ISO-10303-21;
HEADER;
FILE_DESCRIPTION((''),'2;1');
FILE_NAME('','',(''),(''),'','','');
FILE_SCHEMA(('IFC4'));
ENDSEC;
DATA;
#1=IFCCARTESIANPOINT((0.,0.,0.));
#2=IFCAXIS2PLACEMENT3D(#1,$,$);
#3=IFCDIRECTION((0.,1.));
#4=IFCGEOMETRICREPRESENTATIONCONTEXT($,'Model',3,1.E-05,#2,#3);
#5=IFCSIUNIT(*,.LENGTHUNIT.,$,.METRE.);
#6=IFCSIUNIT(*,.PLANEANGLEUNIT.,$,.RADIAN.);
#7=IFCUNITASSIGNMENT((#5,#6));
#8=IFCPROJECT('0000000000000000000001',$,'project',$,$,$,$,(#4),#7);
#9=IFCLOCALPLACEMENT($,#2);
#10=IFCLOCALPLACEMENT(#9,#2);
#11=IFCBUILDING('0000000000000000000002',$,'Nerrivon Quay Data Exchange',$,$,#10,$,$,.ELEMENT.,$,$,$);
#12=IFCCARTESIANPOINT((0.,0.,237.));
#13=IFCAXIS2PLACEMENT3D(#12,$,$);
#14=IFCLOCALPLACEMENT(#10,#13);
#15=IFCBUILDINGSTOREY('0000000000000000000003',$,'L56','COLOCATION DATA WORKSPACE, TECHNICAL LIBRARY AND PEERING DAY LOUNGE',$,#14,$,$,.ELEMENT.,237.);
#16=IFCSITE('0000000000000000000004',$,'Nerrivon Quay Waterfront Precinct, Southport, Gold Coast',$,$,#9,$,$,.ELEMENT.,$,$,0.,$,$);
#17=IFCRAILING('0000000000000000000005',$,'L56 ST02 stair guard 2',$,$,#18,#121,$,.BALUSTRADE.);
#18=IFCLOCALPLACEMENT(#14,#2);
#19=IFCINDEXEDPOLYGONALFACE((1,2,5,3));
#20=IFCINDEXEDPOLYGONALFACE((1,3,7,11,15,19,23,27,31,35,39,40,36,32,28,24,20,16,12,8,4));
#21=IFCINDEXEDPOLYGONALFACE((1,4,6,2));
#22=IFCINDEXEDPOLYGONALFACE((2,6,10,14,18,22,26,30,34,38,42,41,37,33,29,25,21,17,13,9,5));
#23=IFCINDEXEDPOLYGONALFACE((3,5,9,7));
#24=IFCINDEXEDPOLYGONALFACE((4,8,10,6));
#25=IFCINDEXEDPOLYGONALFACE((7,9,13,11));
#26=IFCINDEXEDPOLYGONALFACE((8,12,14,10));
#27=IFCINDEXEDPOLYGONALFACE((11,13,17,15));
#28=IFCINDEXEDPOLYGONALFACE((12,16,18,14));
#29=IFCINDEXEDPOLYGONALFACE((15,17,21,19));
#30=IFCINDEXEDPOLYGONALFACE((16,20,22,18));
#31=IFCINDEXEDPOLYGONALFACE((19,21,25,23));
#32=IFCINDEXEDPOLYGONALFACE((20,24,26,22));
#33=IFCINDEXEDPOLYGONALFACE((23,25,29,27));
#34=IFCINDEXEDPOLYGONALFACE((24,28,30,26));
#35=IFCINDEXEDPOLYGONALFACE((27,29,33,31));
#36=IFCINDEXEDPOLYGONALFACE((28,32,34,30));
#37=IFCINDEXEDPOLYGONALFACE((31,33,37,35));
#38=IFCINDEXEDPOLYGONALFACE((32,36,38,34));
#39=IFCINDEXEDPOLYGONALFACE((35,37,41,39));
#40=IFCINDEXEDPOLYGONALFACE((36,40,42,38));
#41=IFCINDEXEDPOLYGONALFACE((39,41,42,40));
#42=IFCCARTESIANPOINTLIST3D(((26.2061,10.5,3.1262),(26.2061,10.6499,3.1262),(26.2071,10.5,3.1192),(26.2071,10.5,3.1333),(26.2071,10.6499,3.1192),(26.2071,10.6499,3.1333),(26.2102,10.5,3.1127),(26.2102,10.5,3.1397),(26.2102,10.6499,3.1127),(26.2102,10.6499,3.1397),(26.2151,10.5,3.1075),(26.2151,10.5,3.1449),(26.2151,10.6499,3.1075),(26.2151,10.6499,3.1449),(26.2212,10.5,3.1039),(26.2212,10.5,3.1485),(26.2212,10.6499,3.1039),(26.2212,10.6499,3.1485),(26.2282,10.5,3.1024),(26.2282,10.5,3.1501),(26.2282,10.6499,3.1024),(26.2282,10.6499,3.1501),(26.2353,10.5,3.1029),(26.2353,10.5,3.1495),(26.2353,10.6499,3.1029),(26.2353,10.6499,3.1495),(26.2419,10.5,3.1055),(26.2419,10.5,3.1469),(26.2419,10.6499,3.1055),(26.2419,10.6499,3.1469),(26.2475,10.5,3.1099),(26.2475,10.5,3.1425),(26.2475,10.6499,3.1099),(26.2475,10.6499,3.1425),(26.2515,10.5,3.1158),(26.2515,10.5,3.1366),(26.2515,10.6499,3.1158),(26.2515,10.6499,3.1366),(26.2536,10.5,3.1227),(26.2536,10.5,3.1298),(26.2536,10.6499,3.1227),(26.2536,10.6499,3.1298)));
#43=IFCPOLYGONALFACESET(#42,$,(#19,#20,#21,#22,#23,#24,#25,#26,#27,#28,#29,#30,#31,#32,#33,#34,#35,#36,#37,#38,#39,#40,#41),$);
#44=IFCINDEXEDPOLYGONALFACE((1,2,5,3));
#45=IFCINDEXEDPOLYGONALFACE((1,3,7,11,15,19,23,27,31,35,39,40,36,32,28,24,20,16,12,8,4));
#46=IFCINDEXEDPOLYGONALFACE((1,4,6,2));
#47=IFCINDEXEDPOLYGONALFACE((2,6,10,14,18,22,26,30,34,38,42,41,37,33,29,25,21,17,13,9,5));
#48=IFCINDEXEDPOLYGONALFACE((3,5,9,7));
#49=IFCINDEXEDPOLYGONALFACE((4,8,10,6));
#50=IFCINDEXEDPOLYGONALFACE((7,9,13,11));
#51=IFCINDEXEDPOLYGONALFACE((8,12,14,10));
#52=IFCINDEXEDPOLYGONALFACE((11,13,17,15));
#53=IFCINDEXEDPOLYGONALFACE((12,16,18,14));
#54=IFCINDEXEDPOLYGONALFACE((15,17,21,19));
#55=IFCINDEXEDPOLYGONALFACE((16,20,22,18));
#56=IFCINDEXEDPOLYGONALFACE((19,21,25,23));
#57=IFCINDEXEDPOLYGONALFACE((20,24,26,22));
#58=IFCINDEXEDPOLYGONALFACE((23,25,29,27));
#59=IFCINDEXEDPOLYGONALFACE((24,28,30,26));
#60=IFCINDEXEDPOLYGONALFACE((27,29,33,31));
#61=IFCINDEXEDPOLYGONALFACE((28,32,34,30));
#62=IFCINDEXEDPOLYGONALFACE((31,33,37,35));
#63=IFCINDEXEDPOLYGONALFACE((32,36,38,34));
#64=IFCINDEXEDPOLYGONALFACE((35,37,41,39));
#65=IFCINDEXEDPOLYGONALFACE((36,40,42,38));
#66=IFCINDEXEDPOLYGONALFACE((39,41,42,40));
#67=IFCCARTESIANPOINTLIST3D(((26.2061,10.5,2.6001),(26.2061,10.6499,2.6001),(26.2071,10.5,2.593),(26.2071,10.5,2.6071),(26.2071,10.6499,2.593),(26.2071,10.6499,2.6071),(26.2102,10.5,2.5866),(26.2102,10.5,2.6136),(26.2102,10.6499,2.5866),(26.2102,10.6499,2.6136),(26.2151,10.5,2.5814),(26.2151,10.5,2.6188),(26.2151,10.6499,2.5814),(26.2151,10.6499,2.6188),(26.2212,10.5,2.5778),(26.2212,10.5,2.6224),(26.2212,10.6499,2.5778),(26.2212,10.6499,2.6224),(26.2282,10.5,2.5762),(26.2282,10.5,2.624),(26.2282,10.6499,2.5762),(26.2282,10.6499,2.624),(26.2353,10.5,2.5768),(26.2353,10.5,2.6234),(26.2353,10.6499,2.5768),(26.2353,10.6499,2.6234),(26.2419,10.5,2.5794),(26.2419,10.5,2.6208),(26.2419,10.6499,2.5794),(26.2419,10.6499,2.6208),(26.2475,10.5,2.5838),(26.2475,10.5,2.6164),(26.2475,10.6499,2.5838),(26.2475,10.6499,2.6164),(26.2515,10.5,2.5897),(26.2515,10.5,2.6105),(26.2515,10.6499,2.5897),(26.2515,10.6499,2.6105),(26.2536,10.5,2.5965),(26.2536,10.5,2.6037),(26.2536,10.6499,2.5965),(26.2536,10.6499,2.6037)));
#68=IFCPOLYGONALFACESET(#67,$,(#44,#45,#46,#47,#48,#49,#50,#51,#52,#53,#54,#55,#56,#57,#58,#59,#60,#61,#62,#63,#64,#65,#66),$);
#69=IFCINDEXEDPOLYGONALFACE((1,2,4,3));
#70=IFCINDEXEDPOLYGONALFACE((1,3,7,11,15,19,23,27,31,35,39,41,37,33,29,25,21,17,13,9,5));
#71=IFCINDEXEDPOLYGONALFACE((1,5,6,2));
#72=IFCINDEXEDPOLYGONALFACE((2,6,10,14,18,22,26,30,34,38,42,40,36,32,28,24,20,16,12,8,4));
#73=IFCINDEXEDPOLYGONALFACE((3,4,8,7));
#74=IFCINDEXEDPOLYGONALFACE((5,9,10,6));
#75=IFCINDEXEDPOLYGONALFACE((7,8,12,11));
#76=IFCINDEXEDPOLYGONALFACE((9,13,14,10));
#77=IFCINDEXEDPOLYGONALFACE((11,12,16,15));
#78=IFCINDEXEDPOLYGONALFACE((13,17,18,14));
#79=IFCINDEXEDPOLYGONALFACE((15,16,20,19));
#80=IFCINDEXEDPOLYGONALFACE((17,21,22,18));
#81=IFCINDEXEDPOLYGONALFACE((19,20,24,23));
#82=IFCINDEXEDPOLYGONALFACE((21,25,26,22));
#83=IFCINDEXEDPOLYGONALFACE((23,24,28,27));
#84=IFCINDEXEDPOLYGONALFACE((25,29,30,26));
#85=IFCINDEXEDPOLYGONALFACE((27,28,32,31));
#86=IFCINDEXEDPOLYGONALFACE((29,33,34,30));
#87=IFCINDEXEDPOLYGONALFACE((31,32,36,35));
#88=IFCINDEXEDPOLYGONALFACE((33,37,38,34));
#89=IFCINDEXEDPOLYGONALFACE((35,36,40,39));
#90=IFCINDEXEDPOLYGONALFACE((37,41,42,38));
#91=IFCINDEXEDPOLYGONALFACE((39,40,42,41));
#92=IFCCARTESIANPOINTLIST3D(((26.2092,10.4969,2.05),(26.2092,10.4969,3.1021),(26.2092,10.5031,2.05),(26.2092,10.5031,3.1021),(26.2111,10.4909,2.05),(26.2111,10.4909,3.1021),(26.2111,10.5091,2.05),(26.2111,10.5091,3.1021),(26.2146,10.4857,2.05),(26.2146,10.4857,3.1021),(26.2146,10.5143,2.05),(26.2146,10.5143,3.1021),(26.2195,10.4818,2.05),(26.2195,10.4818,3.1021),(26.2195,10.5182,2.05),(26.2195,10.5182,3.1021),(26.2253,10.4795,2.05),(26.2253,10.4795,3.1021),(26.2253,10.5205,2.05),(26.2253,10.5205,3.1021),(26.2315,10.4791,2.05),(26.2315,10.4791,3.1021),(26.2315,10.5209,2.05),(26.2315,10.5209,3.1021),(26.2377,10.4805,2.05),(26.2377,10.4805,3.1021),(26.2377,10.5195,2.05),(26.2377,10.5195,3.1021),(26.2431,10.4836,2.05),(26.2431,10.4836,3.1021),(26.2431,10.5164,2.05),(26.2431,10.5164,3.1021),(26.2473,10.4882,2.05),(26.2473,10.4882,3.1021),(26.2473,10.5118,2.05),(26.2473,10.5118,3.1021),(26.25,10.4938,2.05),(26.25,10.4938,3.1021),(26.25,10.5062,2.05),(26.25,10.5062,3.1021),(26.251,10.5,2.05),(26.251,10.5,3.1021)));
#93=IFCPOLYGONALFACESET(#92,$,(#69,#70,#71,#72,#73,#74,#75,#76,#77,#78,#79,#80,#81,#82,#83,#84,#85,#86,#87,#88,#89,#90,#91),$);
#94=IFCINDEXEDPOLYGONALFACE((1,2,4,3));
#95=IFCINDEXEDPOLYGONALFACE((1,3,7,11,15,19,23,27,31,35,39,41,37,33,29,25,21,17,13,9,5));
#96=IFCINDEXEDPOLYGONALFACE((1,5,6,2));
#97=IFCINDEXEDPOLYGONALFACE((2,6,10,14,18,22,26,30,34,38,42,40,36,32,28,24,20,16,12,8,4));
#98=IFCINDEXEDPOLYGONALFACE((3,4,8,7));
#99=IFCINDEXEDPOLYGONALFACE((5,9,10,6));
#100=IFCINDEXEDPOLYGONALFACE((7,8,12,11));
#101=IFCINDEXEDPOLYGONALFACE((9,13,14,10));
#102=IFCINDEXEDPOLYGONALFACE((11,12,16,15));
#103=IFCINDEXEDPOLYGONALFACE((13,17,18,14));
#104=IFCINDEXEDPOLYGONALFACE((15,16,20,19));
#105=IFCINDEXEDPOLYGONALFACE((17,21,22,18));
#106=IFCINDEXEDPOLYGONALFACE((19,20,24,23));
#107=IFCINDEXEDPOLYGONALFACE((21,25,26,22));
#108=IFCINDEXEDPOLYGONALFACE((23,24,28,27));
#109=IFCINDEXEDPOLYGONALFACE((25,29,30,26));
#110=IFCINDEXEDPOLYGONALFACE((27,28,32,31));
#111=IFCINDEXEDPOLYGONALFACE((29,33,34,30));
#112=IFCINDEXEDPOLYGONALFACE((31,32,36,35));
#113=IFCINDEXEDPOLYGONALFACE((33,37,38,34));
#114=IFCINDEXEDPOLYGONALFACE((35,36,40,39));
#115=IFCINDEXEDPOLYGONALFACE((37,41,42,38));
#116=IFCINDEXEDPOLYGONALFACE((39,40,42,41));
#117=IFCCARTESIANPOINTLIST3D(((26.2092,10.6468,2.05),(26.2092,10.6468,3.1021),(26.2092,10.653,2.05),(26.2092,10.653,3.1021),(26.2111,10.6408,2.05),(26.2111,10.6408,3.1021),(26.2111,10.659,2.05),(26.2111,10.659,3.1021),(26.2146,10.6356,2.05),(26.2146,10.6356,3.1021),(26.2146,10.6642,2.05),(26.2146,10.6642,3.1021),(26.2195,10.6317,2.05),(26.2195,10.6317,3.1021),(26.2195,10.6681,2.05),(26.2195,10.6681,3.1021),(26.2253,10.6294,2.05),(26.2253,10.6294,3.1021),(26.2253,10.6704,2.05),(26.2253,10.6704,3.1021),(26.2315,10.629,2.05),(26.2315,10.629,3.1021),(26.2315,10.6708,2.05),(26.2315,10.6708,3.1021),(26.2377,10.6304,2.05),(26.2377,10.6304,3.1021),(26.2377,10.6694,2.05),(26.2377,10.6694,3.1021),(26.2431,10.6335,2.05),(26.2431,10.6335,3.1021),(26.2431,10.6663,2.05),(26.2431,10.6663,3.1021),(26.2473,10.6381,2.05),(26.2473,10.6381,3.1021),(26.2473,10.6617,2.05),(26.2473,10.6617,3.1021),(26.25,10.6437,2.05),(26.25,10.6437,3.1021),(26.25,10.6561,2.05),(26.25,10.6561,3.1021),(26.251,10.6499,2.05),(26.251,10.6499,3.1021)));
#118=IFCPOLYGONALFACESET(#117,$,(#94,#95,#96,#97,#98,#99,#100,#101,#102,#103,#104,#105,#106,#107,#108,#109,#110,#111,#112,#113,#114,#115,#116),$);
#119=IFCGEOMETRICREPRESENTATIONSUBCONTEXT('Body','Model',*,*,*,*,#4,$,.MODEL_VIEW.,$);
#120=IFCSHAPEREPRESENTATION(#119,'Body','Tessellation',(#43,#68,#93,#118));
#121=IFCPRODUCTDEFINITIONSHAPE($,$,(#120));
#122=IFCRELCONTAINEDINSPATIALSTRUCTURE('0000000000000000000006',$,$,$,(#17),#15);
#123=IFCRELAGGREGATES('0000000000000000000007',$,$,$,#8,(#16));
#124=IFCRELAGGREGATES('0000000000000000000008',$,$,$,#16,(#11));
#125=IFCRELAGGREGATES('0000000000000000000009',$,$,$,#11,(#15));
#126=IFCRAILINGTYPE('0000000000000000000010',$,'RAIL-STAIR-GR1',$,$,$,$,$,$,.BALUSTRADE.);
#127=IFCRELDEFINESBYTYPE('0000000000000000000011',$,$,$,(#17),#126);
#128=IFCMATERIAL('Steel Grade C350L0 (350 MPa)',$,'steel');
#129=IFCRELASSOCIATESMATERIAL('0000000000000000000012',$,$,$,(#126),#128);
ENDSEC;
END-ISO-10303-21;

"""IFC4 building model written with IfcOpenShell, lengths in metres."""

from ifc_helpers import new_model, si_unit, direction, frame, origin, origin_2d, place, context, subcontext, project, spatial, circle, extrude, material, type_object, element, save


model = new_model("IFC4")

# Units and contexts
model_context = context("Model", 3, precision=1e-05, world=origin(), true_north=direction((0.0, 1.0)))
body_context = subcontext(model_context, "Body", "Model", "MODEL_VIEW")
ifc_project = project(units=[si_unit("LENGTHUNIT", "METRE"), si_unit("PLANEANGLEUNIT", "RADIAN")], contexts=[model_context])

# Site, building, storey
site_placement = place(None, origin())
site = spatial("IfcSite", under=ifc_project, at=site_placement, Name="Nerrivon Quay Waterfront Precinct, Southport, Gold Coast", CompositionType="ELEMENT", RefElevation=0.0)
building_placement = place(site_placement, origin())
building = spatial("IfcBuilding", under=site, at=building_placement, Name="Nerrivon Quay Data Exchange", CompositionType="ELEMENT")
storey_placement = place(building_placement, frame((0.0, 0.0, 237.0)))
storey = spatial("IfcBuildingStorey", under=building, at=storey_placement, Name="L56", Description="COLOCATION DATA WORKSPACE, TECHNICAL LIBRARY AND PEERING DAY LOUNGE", CompositionType="ELEMENT", Elevation=237.0)

# Railing
ifc_material_1 = material(Name="Steel Grade C350L0 (350 MPa)", Category="steel")
railing_type_1 = type_object("IfcRailingType", Name="RAIL-STAIR-GR1", PredefinedType="BALUSTRADE", material=ifc_material_1)
railing_1_placement = place(storey_placement, frame((26.23, 10.5, 2.05)))
element("IfcRailing", 1, at=railing_1_placement, inside=storey, type_object=railing_type_1, Name="L56 ST02 stair guard 2", PredefinedType="BALUSTRADE", context=body_context, shape_type="SweptSolid", body=[
    extrude(circle(Radius=0.0239, at=origin_2d()), frame((0.0, 0.0, 1.0762), z_axis=(0.0, 1.0, 0.0), x_axis=(-1.0, 0.0, 0.0)), (0.0, 0.0, 1.0), 0.1499),
    extrude(circle(Radius=0.0239, at=origin_2d()), frame((0.0, 0.0, 0.55), z_axis=(0.0, 1.0, 0.0), x_axis=(-1.0, 0.0, 0.0)), (0.0, 0.0, 1.0), 0.1499),
    extrude(circle(Radius=0.021, at=origin_2d()), origin(), (0.0, 0.0, 1.0), 1.052),
    extrude(circle(Radius=0.021, at=origin_2d()), frame((0.0, 0.1499, 0.0)), (0.0, 0.0, 1.0), 1.052),
])

save(model, "model.ifc")
